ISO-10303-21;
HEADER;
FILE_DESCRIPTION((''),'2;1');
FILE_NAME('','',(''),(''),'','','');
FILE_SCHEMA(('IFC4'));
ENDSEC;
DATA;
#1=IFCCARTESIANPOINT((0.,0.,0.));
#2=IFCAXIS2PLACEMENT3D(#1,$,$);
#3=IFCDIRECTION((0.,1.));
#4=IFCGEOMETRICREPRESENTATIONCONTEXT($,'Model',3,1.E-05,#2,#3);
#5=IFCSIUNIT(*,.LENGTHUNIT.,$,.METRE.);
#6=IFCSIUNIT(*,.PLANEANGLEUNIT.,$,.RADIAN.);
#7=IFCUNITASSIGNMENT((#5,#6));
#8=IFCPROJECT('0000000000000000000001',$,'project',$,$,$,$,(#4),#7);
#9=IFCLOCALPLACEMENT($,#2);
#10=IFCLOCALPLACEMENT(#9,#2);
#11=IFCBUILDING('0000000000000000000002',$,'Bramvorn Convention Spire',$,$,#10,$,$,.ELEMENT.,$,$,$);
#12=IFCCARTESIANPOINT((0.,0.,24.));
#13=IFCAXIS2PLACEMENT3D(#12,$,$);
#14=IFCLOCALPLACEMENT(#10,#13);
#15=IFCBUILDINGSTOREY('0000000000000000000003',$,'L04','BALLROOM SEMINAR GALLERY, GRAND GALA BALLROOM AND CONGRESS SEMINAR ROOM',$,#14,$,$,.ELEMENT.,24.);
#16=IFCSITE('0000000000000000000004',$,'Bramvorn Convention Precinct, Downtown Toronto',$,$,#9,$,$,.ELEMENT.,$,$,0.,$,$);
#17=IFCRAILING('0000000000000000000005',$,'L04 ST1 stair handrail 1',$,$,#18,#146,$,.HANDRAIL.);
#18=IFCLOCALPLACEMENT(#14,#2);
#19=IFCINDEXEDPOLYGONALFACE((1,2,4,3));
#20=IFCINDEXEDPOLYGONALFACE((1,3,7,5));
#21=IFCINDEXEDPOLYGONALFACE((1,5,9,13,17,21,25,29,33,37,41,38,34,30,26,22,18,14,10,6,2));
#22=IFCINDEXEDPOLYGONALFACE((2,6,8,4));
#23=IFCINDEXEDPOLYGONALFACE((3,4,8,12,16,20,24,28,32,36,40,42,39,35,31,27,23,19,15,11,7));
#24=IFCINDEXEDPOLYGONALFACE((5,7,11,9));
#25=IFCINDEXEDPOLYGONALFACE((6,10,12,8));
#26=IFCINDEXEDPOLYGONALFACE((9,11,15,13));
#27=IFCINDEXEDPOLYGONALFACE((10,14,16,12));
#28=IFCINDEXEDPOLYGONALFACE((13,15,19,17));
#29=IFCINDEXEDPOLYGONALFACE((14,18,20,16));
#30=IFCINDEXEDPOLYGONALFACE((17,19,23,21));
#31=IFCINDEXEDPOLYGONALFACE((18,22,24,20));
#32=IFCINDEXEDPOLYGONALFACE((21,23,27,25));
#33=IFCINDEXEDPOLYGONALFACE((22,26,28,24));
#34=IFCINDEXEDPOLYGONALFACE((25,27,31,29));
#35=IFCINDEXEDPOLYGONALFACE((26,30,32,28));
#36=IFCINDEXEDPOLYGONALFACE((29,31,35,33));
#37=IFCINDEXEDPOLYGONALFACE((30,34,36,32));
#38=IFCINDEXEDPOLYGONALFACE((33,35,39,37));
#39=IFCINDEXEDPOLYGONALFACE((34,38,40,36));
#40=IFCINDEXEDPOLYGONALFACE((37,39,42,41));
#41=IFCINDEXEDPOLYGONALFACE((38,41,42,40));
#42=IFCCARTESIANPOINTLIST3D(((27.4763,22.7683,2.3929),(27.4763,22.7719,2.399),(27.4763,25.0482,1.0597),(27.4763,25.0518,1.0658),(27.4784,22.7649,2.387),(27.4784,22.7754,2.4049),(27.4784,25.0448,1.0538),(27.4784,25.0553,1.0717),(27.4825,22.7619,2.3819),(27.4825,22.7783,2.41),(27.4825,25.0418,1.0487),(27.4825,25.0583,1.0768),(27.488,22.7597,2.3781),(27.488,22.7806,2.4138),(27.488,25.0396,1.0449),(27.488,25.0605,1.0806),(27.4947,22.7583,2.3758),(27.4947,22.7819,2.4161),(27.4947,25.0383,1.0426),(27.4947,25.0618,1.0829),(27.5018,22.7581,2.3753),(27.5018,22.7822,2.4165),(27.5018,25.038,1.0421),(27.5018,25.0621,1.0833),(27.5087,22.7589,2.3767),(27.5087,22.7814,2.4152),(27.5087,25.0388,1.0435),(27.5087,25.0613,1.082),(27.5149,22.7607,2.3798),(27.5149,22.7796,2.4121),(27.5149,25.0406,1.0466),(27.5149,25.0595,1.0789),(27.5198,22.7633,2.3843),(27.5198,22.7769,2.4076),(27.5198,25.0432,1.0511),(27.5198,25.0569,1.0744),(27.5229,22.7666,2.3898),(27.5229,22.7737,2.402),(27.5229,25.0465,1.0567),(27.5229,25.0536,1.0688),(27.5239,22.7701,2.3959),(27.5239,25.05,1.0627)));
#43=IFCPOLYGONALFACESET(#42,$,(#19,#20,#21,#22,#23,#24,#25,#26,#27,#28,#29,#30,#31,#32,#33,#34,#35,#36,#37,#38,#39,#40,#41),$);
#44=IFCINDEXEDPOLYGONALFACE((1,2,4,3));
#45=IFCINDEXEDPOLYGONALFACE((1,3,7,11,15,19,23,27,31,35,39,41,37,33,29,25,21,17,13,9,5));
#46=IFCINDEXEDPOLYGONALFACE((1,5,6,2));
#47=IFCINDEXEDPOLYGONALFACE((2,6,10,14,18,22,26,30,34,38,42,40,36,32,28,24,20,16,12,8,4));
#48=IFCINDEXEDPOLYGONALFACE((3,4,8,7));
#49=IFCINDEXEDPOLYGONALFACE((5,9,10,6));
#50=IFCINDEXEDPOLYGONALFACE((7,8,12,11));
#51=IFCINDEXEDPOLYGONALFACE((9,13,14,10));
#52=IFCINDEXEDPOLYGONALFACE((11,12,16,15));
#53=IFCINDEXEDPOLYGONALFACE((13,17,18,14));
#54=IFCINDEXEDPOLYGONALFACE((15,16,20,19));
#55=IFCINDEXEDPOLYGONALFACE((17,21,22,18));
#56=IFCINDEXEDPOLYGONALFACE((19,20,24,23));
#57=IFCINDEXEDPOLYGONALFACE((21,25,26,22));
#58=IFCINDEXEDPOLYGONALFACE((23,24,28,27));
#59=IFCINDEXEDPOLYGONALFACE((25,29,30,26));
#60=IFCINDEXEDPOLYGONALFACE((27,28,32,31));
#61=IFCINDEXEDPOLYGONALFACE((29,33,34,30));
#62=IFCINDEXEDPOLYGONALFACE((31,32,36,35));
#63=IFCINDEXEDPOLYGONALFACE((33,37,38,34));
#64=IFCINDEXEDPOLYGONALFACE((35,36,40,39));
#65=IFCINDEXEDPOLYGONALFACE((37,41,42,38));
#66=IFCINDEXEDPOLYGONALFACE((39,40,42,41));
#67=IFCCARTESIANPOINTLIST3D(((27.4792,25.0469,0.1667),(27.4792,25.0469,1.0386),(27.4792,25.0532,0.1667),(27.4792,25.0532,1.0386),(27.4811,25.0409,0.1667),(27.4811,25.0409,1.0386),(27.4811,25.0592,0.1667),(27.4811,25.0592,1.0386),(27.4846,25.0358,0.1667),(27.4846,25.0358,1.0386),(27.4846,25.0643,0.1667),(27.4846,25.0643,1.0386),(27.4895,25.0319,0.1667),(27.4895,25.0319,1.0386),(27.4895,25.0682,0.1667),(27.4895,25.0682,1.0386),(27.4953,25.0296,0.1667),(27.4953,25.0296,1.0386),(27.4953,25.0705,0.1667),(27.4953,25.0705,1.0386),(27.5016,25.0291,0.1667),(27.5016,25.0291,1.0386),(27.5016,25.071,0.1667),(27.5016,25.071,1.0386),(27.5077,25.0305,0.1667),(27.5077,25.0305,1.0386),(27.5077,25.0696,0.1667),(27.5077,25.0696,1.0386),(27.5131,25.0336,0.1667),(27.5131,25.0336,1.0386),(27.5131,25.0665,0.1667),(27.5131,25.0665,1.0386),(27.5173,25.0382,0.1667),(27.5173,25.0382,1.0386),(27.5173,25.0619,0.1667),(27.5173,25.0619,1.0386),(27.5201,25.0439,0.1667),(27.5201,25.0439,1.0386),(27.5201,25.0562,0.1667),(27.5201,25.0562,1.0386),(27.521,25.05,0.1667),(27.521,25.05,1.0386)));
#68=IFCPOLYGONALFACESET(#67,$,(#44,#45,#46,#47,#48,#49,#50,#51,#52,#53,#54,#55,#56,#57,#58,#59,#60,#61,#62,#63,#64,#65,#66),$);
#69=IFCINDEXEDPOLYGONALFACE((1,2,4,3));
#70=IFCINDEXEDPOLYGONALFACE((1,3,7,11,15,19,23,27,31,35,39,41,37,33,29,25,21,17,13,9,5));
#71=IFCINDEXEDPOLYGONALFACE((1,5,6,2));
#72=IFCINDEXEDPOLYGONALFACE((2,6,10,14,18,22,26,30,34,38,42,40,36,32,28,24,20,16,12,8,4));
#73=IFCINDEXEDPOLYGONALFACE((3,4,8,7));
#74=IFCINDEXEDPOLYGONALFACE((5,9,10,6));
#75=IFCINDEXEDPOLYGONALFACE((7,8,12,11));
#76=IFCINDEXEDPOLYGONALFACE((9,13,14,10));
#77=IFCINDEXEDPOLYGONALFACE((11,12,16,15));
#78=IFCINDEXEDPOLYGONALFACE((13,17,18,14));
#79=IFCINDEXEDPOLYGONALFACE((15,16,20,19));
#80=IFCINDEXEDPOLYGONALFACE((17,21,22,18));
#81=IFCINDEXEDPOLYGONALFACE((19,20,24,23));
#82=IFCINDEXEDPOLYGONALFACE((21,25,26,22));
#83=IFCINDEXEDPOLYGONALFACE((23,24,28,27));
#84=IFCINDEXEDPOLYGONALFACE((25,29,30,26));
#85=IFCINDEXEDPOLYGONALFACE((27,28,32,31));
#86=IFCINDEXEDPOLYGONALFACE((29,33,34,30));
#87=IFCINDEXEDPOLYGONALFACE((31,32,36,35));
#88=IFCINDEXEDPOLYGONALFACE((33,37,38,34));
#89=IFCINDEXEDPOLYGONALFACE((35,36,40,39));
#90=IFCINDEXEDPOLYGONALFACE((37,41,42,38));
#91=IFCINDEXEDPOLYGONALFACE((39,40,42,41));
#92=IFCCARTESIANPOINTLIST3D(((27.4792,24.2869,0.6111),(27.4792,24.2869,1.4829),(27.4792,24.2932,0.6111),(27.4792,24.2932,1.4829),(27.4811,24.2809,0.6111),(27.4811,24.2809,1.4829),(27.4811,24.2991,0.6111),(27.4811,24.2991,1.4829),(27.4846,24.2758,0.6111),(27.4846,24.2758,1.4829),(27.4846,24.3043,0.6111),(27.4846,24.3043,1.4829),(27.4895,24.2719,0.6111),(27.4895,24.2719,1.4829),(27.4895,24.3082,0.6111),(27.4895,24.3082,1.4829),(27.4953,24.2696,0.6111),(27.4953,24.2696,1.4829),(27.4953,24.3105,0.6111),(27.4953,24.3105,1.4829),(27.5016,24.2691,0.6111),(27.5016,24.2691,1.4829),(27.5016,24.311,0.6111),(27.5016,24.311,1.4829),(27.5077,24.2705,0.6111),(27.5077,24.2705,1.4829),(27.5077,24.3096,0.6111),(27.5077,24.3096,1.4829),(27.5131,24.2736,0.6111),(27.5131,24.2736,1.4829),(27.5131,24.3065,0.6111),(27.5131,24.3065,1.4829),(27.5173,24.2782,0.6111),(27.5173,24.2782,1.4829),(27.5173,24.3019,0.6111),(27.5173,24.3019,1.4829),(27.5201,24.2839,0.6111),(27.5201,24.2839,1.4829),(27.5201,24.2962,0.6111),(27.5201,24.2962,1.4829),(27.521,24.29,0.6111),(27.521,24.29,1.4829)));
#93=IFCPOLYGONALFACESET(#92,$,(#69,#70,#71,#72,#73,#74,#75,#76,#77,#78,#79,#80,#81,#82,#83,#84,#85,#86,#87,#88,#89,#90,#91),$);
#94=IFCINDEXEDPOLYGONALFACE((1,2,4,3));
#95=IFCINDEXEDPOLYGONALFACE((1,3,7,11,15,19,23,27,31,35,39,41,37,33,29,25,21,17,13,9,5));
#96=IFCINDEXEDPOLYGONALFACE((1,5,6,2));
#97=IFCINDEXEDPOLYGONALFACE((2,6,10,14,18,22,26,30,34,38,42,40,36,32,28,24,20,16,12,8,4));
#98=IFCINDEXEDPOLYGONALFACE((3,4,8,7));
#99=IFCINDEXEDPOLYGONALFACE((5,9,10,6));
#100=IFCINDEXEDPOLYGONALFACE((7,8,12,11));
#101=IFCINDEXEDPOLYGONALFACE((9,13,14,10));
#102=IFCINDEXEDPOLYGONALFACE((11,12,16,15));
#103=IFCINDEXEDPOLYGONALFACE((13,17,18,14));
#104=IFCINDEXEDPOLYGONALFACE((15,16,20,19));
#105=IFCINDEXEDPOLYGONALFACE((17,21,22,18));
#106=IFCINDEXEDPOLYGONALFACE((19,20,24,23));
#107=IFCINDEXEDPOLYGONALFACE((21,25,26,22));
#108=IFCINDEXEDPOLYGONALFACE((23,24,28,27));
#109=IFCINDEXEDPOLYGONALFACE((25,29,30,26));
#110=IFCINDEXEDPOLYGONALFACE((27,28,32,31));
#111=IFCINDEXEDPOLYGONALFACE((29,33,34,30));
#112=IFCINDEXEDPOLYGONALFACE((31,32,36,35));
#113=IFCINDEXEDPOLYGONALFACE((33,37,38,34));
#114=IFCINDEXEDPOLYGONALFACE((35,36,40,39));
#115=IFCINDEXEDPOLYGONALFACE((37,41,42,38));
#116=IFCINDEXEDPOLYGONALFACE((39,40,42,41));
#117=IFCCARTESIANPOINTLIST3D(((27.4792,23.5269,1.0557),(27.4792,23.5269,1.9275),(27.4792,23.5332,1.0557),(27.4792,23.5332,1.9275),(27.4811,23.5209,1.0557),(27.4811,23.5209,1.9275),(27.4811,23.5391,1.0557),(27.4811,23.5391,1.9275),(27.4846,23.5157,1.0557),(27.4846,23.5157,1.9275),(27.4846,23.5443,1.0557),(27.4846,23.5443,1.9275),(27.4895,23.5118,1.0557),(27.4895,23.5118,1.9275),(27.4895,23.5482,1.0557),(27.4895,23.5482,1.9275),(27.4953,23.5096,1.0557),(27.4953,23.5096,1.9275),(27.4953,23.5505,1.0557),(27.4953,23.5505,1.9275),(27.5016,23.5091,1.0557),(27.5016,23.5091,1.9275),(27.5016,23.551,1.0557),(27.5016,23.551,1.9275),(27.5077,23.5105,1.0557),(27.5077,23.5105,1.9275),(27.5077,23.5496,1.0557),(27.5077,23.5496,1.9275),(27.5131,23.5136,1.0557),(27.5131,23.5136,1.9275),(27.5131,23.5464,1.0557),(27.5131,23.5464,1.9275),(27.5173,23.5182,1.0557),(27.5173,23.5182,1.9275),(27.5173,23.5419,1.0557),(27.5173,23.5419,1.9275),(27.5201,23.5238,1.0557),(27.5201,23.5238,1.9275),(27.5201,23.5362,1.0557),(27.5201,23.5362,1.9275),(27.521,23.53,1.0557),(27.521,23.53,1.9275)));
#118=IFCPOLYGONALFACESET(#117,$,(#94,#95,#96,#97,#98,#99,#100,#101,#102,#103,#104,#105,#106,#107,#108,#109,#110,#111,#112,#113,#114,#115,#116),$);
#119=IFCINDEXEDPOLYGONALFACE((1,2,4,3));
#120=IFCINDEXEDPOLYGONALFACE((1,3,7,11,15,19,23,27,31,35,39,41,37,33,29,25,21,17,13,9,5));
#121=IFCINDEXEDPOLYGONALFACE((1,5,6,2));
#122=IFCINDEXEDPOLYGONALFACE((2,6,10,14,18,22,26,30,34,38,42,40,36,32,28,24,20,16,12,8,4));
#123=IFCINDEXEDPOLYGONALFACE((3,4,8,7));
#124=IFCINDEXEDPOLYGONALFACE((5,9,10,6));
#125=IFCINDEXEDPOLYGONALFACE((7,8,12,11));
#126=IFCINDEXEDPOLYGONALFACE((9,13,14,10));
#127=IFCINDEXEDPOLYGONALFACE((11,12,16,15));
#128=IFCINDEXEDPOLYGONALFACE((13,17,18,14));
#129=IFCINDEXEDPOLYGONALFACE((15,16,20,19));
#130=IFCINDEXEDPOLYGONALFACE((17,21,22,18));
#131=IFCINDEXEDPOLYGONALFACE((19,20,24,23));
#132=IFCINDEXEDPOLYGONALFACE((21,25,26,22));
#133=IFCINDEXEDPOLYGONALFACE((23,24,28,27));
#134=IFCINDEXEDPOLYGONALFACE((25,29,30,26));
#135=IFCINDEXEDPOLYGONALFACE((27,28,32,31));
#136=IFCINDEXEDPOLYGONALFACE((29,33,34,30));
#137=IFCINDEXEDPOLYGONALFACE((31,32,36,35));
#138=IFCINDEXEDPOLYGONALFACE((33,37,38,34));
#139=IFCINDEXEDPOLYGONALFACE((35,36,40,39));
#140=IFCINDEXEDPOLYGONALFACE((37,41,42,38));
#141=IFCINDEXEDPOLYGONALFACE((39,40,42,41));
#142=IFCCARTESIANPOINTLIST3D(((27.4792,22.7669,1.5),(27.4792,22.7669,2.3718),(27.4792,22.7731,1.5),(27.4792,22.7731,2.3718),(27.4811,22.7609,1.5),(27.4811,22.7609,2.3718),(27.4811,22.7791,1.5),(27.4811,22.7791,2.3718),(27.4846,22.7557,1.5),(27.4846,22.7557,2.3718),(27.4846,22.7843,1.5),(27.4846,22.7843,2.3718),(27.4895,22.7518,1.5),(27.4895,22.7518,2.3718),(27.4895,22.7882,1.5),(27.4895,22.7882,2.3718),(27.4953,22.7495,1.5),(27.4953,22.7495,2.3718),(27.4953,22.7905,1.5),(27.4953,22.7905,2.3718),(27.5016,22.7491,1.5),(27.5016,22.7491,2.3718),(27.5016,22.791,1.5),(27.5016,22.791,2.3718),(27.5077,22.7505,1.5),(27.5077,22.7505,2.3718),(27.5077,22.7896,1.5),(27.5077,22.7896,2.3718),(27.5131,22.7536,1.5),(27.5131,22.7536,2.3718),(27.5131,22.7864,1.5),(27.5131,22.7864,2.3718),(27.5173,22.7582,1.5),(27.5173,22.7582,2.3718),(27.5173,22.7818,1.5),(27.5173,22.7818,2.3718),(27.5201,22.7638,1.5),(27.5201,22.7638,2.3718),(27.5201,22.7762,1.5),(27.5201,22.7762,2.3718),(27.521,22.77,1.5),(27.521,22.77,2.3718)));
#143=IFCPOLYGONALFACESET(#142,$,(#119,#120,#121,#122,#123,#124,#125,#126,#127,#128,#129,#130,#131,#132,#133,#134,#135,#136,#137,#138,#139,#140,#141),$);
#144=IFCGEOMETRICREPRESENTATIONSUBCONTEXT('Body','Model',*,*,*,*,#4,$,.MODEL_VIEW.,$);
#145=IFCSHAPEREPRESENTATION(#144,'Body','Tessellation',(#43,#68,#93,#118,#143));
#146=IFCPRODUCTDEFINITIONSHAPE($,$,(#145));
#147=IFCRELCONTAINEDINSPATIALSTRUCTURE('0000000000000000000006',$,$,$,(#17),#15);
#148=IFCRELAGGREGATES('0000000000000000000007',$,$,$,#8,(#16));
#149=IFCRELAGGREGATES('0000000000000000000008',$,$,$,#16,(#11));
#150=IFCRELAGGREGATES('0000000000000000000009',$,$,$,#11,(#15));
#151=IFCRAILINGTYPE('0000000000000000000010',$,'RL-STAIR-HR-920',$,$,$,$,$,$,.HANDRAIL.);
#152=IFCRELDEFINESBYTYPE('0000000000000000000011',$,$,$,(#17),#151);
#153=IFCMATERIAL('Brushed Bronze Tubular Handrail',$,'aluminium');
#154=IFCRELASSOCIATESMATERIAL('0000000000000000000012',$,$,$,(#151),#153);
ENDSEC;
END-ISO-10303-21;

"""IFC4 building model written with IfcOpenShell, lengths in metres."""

from ifc_helpers import new_model, si_unit, direction, frame, origin, origin_2d, place, context, subcontext, project, spatial, circle, extrude, material, type_object, element, save


model = new_model("IFC4")

# Units and contexts
model_context = context("Model", 3, precision=1e-05, world=origin(), true_north=direction((0.0, 1.0)))
body_context = subcontext(model_context, "Body", "Model", "MODEL_VIEW")
ifc_project = project(units=[si_unit("LENGTHUNIT", "METRE"), si_unit("PLANEANGLEUNIT", "RADIAN")], contexts=[model_context])

# Site, building, storey
site_placement = place(None, origin())
site = spatial("IfcSite", under=ifc_project, at=site_placement, Name="Bramvorn Convention Precinct, Downtown Toronto", CompositionType="ELEMENT", RefElevation=0.0)
building_placement = place(site_placement, origin())
building = spatial("IfcBuilding", under=site, at=building_placement, Name="Bramvorn Convention Spire", CompositionType="ELEMENT")
storey_placement = place(building_placement, frame((0.0, 0.0, 24.0)))
storey = spatial("IfcBuildingStorey", under=building, at=storey_placement, Name="L04", Description="BALLROOM SEMINAR GALLERY, GRAND GALA BALLROOM AND CONGRESS SEMINAR ROOM", CompositionType="ELEMENT", Elevation=24.0)

# Railing
ifc_material_1 = material(Name="Brushed Bronze Tubular Handrail", Category="aluminium")
railing_type_1 = type_object("IfcRailingType", Name="RL-STAIR-HR-920", PredefinedType="HANDRAIL", material=ifc_material_1)
railing_1_placement = place(storey_placement, frame((27.5, 25.05, 0.1667)))
element("IfcRailing", 1, at=railing_1_placement, inside=storey, type_object=railing_type_1, Name="L04 ST1 stair handrail 1", PredefinedType="HANDRAIL", context=body_context, shape_type="SweptSolid", body=[
    extrude(circle(Radius=0.0239, at=origin_2d()), frame((0.0, 0.0, 0.896), z_axis=(0.0, -0.863245, 0.504785), x_axis=(1.0, 0.0, 0.0)), (0.0, 0.0, 1.0), 2.6411),
    extrude(circle(Radius=0.021, at=origin_2d()), origin(), (0.0, 0.0, 1.0), 0.8718),
    extrude(circle(Radius=0.021, at=origin_2d()), frame((0.0, -0.76, 0.4443)), (0.0, 0.0, 1.0), 0.8718),
    extrude(circle(Radius=0.021, at=origin_2d()), frame((0.0, -1.52, 0.8889)), (0.0, 0.0, 1.0), 0.8718),
    extrude(circle(Radius=0.021, at=origin_2d()), frame((0.0, -2.28, 1.3333)), (0.0, 0.0, 1.0), 0.8718),
])

save(model, "model.ifc")
